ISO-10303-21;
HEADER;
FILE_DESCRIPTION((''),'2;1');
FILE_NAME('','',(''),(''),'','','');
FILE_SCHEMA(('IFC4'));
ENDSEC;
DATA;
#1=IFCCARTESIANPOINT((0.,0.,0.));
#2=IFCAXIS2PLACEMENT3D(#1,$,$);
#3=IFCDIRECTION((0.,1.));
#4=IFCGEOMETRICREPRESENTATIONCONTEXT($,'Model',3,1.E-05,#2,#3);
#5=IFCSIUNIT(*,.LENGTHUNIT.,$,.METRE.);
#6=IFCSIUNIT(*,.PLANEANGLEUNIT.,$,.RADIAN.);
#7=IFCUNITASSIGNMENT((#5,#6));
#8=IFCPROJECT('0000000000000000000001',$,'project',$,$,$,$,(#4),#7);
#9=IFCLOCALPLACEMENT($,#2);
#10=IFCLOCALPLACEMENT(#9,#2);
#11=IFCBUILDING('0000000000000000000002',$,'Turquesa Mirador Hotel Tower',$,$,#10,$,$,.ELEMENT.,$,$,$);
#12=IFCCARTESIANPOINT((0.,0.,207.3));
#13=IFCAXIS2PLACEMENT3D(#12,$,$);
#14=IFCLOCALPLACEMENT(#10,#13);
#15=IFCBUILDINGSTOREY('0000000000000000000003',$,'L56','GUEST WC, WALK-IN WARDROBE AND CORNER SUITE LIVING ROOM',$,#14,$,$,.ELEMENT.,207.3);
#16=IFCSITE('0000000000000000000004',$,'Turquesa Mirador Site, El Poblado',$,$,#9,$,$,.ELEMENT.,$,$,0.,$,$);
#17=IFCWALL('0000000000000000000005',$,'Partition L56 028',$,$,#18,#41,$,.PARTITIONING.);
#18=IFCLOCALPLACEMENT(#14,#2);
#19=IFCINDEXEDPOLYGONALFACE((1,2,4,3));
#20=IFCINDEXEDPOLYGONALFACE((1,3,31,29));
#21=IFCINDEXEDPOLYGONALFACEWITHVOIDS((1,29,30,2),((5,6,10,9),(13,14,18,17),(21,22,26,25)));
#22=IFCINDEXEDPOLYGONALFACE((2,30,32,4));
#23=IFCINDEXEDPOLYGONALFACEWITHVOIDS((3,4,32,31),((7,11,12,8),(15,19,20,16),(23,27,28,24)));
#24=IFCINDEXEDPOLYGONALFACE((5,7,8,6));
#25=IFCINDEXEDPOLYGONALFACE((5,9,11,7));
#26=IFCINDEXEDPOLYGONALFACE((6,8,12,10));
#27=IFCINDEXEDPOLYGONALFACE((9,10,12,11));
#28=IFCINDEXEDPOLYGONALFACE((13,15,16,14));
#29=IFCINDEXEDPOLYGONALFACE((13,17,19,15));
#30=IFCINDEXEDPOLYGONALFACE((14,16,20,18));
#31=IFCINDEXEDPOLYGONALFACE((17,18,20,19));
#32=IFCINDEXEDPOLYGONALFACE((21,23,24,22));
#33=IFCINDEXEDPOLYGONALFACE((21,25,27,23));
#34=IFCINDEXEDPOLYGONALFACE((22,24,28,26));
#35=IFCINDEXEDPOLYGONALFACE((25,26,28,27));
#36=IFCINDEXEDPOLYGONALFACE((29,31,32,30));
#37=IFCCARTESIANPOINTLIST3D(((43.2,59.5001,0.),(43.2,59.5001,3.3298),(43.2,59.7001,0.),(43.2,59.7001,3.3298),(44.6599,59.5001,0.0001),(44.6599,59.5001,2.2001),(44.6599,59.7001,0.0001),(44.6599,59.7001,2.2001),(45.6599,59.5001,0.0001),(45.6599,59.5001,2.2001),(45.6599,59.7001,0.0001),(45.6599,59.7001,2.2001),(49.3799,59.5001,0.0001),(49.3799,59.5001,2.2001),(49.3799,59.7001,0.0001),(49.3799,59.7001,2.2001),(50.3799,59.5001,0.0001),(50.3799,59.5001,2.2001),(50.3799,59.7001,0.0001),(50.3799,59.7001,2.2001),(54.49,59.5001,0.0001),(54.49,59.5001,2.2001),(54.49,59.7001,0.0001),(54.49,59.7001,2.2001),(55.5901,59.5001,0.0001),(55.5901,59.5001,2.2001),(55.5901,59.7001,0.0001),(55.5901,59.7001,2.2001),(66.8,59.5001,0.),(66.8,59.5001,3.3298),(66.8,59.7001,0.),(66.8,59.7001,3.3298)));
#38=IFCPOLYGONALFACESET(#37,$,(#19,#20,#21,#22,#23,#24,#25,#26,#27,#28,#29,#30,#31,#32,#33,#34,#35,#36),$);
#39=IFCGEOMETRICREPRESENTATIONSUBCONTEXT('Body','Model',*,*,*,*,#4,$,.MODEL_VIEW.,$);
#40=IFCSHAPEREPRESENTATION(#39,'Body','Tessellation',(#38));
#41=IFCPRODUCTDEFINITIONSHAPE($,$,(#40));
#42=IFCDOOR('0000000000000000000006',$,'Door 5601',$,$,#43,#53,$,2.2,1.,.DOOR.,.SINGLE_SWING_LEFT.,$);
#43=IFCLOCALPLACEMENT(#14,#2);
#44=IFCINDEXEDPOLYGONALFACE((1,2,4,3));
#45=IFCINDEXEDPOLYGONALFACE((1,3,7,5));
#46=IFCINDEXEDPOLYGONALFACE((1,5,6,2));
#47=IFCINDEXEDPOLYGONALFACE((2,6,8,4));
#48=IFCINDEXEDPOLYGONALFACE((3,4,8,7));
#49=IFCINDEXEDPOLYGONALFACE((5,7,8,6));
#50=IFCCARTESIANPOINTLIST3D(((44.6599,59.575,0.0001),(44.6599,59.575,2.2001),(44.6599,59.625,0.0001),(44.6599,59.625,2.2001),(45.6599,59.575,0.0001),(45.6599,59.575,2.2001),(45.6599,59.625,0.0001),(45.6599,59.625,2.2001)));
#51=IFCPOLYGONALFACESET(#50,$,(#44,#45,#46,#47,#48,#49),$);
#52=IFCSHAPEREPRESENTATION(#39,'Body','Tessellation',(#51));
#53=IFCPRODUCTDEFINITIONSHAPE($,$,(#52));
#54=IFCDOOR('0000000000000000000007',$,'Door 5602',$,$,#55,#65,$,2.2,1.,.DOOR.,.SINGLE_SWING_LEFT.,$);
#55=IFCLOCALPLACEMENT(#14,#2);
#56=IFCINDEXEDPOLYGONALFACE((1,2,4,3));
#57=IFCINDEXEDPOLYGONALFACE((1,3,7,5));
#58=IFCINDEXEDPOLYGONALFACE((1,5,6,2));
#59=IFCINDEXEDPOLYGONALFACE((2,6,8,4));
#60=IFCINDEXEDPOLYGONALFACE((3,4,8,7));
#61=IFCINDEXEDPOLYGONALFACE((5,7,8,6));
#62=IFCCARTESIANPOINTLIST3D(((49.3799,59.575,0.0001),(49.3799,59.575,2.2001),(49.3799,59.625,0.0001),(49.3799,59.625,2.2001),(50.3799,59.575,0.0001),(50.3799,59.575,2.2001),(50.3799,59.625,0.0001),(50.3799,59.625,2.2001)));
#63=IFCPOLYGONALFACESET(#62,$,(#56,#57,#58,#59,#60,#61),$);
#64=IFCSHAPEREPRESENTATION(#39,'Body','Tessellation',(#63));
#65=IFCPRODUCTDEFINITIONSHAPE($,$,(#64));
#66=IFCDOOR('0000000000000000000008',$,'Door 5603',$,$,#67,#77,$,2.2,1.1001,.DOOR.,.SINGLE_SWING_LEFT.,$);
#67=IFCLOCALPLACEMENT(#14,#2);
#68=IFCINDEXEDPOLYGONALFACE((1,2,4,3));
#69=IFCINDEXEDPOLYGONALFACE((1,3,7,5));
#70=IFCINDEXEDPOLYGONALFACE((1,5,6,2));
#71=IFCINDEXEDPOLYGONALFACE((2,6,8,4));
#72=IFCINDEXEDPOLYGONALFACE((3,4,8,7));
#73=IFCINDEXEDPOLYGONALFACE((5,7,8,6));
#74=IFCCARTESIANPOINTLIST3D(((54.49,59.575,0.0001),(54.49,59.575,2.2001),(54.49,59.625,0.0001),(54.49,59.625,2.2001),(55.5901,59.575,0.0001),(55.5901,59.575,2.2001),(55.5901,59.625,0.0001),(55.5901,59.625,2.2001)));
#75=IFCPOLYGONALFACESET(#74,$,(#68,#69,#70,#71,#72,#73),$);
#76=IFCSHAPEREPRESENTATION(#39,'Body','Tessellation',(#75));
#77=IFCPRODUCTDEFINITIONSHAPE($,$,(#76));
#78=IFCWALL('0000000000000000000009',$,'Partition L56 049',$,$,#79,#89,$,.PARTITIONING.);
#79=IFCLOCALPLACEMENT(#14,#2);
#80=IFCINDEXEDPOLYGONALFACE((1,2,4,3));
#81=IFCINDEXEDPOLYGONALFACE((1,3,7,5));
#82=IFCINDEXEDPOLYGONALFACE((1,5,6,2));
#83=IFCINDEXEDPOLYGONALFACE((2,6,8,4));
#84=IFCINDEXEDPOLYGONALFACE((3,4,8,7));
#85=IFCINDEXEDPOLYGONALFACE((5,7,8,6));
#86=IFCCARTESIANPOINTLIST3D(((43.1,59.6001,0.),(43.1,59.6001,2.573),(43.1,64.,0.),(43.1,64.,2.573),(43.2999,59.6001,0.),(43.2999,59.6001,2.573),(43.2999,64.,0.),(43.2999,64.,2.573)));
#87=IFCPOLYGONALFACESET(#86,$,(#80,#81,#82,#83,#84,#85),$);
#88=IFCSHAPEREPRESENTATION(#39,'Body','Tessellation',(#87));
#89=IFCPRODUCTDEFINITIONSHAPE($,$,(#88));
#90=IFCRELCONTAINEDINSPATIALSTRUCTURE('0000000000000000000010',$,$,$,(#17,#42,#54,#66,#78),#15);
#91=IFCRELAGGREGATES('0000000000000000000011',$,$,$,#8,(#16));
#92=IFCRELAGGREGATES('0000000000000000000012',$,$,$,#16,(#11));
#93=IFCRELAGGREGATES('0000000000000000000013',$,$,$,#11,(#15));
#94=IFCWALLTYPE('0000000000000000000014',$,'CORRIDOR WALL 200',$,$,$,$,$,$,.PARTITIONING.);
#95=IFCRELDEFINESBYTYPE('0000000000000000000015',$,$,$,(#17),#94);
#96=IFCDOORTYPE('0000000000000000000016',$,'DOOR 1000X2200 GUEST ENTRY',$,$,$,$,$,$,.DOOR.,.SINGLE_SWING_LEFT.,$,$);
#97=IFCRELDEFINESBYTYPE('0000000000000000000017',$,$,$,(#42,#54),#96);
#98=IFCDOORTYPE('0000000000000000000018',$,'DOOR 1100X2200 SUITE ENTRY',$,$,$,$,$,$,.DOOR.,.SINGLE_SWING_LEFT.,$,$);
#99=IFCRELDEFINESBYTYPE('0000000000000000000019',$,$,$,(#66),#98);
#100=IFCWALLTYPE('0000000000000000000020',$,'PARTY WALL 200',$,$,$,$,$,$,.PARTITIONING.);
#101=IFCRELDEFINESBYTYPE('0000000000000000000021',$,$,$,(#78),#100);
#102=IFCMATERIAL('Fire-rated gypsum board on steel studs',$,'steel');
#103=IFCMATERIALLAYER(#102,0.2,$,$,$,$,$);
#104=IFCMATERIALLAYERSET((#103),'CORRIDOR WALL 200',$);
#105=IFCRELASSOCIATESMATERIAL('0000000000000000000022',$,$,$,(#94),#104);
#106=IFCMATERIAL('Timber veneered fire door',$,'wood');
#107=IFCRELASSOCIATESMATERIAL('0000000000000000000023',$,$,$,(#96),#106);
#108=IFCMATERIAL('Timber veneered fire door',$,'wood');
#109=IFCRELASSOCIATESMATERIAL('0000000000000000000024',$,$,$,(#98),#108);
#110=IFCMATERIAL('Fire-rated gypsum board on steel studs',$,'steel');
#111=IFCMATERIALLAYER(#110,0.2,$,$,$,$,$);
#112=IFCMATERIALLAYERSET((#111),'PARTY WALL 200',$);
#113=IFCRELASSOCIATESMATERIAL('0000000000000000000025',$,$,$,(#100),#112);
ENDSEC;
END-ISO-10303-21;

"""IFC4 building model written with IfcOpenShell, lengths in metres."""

from ifc_helpers import new_model, si_unit, direction, frame, frame_2d, origin, place, context, subcontext, project, spatial, rectangle, extrude, material, layer, layer_set, type_object, element, fill, save


model = new_model("IFC4")

# Units and contexts
model_context = context("Model", 3, precision=1e-05, world=origin(), true_north=direction((0.0, 1.0)))
body_context = subcontext(model_context, "Body", "Model", "MODEL_VIEW")
ifc_project = project(units=[si_unit("LENGTHUNIT", "METRE"), si_unit("PLANEANGLEUNIT", "RADIAN")], contexts=[model_context])

# Site, building, storey
site_placement = place(None, origin())
site = spatial("IfcSite", under=ifc_project, at=site_placement, Name="Turquesa Mirador Site, El Poblado", CompositionType="ELEMENT", RefElevation=0.0)
building_placement = place(site_placement, origin())
building = spatial("IfcBuilding", under=site, at=building_placement, Name="Turquesa Mirador Hotel Tower", CompositionType="ELEMENT")
storey_placement = place(building_placement, frame((0.0, 0.0, 207.3)))
storey = spatial("IfcBuildingStorey", under=building, at=storey_placement, Name="L56", Description="GUEST WC, WALK-IN WARDROBE AND CORNER SUITE LIVING ROOM", CompositionType="ELEMENT", Elevation=207.3)

# Wall, openings, doors
ifc_material_1 = material(Name="Fire-rated gypsum board on steel studs", Category="steel")
ifc_layer_1 = layer(ifc_material_1, 0.2)
ifc_layer_set_1 = layer_set([ifc_layer_1], Name="CORRIDOR WALL 200")
wall_type_1 = type_object("IfcWallType", Name="CORRIDOR WALL 200", PredefinedType="PARTITIONING", material=ifc_layer_set_1)
wall_1_placement = place(storey_placement, frame((43.2, 59.6001, 0.0), z_axis=(0.0, 0.0, 1.0), x_axis=(1.0, 0.0, 0.0)))
wall_1 = element("IfcWall", 1, at=wall_1_placement, inside=storey, type_object=wall_type_1, Name="Partition L56 028", PredefinedType="PARTITIONING", context=body_context, shape_type="SweptSolid", body=[
    extrude(rectangle(XDim=23.6001, YDim=0.2, at=frame_2d((11.8, 0.0))), origin(), (0.0, 0.0, 1.0), 3.3298),
])
opening_1_placement = place(wall_1_placement, frame((1.46, 0.0, 0.0)))
opening_1 = element("IfcOpeningElement", 2, at=opening_1_placement, cuts=wall_1, PredefinedType="OPENING", context=body_context, shape_type="SweptSolid", body=[
    extrude(rectangle(XDim=1.0, YDim=2.2, at=frame_2d((0.5, 1.1001))), frame((0.0, 0.1099, 0.0), z_axis=(0.0, -1.0, 0.0), x_axis=(1.0, 0.0, 0.0)), (0.0, 0.0, 1.0), 0.22),
])
opening_2_placement = place(wall_1_placement, frame((6.1799, 0.0, 0.0)))
opening_2 = element("IfcOpeningElement", 3, at=opening_2_placement, cuts=wall_1, PredefinedType="OPENING", context=body_context, shape_type="SweptSolid", body=[
    extrude(rectangle(XDim=1.0, YDim=2.2, at=frame_2d((0.5, 1.1001))), frame((0.0, 0.1099, 0.0), z_axis=(0.0, -1.0, 0.0), x_axis=(1.0, 0.0, 0.0)), (0.0, 0.0, 1.0), 0.22),
])
opening_3_placement = place(wall_1_placement, frame((11.29, 0.0, 0.0)))
opening_3 = element("IfcOpeningElement", 4, at=opening_3_placement, cuts=wall_1, PredefinedType="OPENING", context=body_context, shape_type="SweptSolid", body=[
    extrude(rectangle(XDim=1.1001, YDim=2.2, at=frame_2d((0.55, 1.1001))), frame((0.0, 0.1099, 0.0), z_axis=(0.0, -1.0, 0.0), x_axis=(1.0, 0.0, 0.0)), (0.0, 0.0, 1.0), 0.22),
])
ifc_material_2 = material(Name="Timber veneered fire door", Category="wood")
door_type_1 = type_object("IfcDoorType", Name="DOOR 1000X2200 GUEST ENTRY", OperationType="SINGLE_SWING_LEFT", PredefinedType="DOOR", material=ifc_material_2)
door_1_placement = place(opening_1_placement, origin())
door_1 = element("IfcDoor", 5, at=door_1_placement, inside=storey, type_object=door_type_1, Name="Door 5601", OperationType="SINGLE_SWING_LEFT", OverallHeight=2.2, OverallWidth=1.0, PredefinedType="DOOR", context=body_context, shape_type="SweptSolid", body=[
    extrude(rectangle(XDim=1.0, YDim=2.2, at=frame_2d((0.5, 1.1001))), frame((0.0, 0.0249, 0.0), z_axis=(0.0, -1.0, 0.0), x_axis=(1.0, 0.0, 0.0)), (0.0, 0.0, 1.0), 0.05),
])
fill(opening_1, door_1)
door_2_placement = place(opening_2_placement, origin())
door_2 = element("IfcDoor", 6, at=door_2_placement, inside=storey, type_object=door_type_1, Name="Door 5602", OperationType="SINGLE_SWING_LEFT", OverallHeight=2.2, OverallWidth=1.0, PredefinedType="DOOR", context=body_context, shape_type="SweptSolid", body=[
    extrude(rectangle(XDim=1.0, YDim=2.2, at=frame_2d((0.5, 1.1001))), frame((0.0, 0.0249, 0.0), z_axis=(0.0, -1.0, 0.0), x_axis=(1.0, 0.0, 0.0)), (0.0, 0.0, 1.0), 0.05),
])
fill(opening_2, door_2)
ifc_material_3 = material(Name="Timber veneered fire door", Category="wood")
door_type_2 = type_object("IfcDoorType", Name="DOOR 1100X2200 SUITE ENTRY", OperationType="SINGLE_SWING_LEFT", PredefinedType="DOOR", material=ifc_material_3)
door_3_placement = place(opening_3_placement, origin())
door_3 = element("IfcDoor", 7, at=door_3_placement, inside=storey, type_object=door_type_2, Name="Door 5603", OperationType="SINGLE_SWING_LEFT", OverallHeight=2.2, OverallWidth=1.1001, PredefinedType="DOOR", context=body_context, shape_type="SweptSolid", body=[
    extrude(rectangle(XDim=1.1001, YDim=2.2, at=frame_2d((0.55, 1.1001))), frame((0.0, 0.0249, 0.0), z_axis=(0.0, -1.0, 0.0), x_axis=(1.0, 0.0, 0.0)), (0.0, 0.0, 1.0), 0.05),
])
fill(opening_3, door_3)

# Wall
ifc_material_4 = material(Name="Fire-rated gypsum board on steel studs", Category="steel")
ifc_layer_2 = layer(ifc_material_4, 0.2)
ifc_layer_set_2 = layer_set([ifc_layer_2], Name="PARTY WALL 200")
wall_type_2 = type_object("IfcWallType", Name="PARTY WALL 200", PredefinedType="PARTITIONING", material=ifc_layer_set_2)
wall_2_placement = place(storey_placement, frame((43.2, 59.6001, 0.0), z_axis=(0.0, 0.0, 1.0), x_axis=(0.0, 1.0, 0.0)))
element("IfcWall", 8, at=wall_2_placement, inside=storey, type_object=wall_type_2, Name="Partition L56 049", PredefinedType="PARTITIONING", context=body_context, shape_type="SweptSolid", body=[
    extrude(rectangle(XDim=4.3999, YDim=0.2, at=frame_2d((2.2, 0.0))), origin(), (0.0, 0.0, 1.0), 2.573),
])

save(model, "model.ifc")
